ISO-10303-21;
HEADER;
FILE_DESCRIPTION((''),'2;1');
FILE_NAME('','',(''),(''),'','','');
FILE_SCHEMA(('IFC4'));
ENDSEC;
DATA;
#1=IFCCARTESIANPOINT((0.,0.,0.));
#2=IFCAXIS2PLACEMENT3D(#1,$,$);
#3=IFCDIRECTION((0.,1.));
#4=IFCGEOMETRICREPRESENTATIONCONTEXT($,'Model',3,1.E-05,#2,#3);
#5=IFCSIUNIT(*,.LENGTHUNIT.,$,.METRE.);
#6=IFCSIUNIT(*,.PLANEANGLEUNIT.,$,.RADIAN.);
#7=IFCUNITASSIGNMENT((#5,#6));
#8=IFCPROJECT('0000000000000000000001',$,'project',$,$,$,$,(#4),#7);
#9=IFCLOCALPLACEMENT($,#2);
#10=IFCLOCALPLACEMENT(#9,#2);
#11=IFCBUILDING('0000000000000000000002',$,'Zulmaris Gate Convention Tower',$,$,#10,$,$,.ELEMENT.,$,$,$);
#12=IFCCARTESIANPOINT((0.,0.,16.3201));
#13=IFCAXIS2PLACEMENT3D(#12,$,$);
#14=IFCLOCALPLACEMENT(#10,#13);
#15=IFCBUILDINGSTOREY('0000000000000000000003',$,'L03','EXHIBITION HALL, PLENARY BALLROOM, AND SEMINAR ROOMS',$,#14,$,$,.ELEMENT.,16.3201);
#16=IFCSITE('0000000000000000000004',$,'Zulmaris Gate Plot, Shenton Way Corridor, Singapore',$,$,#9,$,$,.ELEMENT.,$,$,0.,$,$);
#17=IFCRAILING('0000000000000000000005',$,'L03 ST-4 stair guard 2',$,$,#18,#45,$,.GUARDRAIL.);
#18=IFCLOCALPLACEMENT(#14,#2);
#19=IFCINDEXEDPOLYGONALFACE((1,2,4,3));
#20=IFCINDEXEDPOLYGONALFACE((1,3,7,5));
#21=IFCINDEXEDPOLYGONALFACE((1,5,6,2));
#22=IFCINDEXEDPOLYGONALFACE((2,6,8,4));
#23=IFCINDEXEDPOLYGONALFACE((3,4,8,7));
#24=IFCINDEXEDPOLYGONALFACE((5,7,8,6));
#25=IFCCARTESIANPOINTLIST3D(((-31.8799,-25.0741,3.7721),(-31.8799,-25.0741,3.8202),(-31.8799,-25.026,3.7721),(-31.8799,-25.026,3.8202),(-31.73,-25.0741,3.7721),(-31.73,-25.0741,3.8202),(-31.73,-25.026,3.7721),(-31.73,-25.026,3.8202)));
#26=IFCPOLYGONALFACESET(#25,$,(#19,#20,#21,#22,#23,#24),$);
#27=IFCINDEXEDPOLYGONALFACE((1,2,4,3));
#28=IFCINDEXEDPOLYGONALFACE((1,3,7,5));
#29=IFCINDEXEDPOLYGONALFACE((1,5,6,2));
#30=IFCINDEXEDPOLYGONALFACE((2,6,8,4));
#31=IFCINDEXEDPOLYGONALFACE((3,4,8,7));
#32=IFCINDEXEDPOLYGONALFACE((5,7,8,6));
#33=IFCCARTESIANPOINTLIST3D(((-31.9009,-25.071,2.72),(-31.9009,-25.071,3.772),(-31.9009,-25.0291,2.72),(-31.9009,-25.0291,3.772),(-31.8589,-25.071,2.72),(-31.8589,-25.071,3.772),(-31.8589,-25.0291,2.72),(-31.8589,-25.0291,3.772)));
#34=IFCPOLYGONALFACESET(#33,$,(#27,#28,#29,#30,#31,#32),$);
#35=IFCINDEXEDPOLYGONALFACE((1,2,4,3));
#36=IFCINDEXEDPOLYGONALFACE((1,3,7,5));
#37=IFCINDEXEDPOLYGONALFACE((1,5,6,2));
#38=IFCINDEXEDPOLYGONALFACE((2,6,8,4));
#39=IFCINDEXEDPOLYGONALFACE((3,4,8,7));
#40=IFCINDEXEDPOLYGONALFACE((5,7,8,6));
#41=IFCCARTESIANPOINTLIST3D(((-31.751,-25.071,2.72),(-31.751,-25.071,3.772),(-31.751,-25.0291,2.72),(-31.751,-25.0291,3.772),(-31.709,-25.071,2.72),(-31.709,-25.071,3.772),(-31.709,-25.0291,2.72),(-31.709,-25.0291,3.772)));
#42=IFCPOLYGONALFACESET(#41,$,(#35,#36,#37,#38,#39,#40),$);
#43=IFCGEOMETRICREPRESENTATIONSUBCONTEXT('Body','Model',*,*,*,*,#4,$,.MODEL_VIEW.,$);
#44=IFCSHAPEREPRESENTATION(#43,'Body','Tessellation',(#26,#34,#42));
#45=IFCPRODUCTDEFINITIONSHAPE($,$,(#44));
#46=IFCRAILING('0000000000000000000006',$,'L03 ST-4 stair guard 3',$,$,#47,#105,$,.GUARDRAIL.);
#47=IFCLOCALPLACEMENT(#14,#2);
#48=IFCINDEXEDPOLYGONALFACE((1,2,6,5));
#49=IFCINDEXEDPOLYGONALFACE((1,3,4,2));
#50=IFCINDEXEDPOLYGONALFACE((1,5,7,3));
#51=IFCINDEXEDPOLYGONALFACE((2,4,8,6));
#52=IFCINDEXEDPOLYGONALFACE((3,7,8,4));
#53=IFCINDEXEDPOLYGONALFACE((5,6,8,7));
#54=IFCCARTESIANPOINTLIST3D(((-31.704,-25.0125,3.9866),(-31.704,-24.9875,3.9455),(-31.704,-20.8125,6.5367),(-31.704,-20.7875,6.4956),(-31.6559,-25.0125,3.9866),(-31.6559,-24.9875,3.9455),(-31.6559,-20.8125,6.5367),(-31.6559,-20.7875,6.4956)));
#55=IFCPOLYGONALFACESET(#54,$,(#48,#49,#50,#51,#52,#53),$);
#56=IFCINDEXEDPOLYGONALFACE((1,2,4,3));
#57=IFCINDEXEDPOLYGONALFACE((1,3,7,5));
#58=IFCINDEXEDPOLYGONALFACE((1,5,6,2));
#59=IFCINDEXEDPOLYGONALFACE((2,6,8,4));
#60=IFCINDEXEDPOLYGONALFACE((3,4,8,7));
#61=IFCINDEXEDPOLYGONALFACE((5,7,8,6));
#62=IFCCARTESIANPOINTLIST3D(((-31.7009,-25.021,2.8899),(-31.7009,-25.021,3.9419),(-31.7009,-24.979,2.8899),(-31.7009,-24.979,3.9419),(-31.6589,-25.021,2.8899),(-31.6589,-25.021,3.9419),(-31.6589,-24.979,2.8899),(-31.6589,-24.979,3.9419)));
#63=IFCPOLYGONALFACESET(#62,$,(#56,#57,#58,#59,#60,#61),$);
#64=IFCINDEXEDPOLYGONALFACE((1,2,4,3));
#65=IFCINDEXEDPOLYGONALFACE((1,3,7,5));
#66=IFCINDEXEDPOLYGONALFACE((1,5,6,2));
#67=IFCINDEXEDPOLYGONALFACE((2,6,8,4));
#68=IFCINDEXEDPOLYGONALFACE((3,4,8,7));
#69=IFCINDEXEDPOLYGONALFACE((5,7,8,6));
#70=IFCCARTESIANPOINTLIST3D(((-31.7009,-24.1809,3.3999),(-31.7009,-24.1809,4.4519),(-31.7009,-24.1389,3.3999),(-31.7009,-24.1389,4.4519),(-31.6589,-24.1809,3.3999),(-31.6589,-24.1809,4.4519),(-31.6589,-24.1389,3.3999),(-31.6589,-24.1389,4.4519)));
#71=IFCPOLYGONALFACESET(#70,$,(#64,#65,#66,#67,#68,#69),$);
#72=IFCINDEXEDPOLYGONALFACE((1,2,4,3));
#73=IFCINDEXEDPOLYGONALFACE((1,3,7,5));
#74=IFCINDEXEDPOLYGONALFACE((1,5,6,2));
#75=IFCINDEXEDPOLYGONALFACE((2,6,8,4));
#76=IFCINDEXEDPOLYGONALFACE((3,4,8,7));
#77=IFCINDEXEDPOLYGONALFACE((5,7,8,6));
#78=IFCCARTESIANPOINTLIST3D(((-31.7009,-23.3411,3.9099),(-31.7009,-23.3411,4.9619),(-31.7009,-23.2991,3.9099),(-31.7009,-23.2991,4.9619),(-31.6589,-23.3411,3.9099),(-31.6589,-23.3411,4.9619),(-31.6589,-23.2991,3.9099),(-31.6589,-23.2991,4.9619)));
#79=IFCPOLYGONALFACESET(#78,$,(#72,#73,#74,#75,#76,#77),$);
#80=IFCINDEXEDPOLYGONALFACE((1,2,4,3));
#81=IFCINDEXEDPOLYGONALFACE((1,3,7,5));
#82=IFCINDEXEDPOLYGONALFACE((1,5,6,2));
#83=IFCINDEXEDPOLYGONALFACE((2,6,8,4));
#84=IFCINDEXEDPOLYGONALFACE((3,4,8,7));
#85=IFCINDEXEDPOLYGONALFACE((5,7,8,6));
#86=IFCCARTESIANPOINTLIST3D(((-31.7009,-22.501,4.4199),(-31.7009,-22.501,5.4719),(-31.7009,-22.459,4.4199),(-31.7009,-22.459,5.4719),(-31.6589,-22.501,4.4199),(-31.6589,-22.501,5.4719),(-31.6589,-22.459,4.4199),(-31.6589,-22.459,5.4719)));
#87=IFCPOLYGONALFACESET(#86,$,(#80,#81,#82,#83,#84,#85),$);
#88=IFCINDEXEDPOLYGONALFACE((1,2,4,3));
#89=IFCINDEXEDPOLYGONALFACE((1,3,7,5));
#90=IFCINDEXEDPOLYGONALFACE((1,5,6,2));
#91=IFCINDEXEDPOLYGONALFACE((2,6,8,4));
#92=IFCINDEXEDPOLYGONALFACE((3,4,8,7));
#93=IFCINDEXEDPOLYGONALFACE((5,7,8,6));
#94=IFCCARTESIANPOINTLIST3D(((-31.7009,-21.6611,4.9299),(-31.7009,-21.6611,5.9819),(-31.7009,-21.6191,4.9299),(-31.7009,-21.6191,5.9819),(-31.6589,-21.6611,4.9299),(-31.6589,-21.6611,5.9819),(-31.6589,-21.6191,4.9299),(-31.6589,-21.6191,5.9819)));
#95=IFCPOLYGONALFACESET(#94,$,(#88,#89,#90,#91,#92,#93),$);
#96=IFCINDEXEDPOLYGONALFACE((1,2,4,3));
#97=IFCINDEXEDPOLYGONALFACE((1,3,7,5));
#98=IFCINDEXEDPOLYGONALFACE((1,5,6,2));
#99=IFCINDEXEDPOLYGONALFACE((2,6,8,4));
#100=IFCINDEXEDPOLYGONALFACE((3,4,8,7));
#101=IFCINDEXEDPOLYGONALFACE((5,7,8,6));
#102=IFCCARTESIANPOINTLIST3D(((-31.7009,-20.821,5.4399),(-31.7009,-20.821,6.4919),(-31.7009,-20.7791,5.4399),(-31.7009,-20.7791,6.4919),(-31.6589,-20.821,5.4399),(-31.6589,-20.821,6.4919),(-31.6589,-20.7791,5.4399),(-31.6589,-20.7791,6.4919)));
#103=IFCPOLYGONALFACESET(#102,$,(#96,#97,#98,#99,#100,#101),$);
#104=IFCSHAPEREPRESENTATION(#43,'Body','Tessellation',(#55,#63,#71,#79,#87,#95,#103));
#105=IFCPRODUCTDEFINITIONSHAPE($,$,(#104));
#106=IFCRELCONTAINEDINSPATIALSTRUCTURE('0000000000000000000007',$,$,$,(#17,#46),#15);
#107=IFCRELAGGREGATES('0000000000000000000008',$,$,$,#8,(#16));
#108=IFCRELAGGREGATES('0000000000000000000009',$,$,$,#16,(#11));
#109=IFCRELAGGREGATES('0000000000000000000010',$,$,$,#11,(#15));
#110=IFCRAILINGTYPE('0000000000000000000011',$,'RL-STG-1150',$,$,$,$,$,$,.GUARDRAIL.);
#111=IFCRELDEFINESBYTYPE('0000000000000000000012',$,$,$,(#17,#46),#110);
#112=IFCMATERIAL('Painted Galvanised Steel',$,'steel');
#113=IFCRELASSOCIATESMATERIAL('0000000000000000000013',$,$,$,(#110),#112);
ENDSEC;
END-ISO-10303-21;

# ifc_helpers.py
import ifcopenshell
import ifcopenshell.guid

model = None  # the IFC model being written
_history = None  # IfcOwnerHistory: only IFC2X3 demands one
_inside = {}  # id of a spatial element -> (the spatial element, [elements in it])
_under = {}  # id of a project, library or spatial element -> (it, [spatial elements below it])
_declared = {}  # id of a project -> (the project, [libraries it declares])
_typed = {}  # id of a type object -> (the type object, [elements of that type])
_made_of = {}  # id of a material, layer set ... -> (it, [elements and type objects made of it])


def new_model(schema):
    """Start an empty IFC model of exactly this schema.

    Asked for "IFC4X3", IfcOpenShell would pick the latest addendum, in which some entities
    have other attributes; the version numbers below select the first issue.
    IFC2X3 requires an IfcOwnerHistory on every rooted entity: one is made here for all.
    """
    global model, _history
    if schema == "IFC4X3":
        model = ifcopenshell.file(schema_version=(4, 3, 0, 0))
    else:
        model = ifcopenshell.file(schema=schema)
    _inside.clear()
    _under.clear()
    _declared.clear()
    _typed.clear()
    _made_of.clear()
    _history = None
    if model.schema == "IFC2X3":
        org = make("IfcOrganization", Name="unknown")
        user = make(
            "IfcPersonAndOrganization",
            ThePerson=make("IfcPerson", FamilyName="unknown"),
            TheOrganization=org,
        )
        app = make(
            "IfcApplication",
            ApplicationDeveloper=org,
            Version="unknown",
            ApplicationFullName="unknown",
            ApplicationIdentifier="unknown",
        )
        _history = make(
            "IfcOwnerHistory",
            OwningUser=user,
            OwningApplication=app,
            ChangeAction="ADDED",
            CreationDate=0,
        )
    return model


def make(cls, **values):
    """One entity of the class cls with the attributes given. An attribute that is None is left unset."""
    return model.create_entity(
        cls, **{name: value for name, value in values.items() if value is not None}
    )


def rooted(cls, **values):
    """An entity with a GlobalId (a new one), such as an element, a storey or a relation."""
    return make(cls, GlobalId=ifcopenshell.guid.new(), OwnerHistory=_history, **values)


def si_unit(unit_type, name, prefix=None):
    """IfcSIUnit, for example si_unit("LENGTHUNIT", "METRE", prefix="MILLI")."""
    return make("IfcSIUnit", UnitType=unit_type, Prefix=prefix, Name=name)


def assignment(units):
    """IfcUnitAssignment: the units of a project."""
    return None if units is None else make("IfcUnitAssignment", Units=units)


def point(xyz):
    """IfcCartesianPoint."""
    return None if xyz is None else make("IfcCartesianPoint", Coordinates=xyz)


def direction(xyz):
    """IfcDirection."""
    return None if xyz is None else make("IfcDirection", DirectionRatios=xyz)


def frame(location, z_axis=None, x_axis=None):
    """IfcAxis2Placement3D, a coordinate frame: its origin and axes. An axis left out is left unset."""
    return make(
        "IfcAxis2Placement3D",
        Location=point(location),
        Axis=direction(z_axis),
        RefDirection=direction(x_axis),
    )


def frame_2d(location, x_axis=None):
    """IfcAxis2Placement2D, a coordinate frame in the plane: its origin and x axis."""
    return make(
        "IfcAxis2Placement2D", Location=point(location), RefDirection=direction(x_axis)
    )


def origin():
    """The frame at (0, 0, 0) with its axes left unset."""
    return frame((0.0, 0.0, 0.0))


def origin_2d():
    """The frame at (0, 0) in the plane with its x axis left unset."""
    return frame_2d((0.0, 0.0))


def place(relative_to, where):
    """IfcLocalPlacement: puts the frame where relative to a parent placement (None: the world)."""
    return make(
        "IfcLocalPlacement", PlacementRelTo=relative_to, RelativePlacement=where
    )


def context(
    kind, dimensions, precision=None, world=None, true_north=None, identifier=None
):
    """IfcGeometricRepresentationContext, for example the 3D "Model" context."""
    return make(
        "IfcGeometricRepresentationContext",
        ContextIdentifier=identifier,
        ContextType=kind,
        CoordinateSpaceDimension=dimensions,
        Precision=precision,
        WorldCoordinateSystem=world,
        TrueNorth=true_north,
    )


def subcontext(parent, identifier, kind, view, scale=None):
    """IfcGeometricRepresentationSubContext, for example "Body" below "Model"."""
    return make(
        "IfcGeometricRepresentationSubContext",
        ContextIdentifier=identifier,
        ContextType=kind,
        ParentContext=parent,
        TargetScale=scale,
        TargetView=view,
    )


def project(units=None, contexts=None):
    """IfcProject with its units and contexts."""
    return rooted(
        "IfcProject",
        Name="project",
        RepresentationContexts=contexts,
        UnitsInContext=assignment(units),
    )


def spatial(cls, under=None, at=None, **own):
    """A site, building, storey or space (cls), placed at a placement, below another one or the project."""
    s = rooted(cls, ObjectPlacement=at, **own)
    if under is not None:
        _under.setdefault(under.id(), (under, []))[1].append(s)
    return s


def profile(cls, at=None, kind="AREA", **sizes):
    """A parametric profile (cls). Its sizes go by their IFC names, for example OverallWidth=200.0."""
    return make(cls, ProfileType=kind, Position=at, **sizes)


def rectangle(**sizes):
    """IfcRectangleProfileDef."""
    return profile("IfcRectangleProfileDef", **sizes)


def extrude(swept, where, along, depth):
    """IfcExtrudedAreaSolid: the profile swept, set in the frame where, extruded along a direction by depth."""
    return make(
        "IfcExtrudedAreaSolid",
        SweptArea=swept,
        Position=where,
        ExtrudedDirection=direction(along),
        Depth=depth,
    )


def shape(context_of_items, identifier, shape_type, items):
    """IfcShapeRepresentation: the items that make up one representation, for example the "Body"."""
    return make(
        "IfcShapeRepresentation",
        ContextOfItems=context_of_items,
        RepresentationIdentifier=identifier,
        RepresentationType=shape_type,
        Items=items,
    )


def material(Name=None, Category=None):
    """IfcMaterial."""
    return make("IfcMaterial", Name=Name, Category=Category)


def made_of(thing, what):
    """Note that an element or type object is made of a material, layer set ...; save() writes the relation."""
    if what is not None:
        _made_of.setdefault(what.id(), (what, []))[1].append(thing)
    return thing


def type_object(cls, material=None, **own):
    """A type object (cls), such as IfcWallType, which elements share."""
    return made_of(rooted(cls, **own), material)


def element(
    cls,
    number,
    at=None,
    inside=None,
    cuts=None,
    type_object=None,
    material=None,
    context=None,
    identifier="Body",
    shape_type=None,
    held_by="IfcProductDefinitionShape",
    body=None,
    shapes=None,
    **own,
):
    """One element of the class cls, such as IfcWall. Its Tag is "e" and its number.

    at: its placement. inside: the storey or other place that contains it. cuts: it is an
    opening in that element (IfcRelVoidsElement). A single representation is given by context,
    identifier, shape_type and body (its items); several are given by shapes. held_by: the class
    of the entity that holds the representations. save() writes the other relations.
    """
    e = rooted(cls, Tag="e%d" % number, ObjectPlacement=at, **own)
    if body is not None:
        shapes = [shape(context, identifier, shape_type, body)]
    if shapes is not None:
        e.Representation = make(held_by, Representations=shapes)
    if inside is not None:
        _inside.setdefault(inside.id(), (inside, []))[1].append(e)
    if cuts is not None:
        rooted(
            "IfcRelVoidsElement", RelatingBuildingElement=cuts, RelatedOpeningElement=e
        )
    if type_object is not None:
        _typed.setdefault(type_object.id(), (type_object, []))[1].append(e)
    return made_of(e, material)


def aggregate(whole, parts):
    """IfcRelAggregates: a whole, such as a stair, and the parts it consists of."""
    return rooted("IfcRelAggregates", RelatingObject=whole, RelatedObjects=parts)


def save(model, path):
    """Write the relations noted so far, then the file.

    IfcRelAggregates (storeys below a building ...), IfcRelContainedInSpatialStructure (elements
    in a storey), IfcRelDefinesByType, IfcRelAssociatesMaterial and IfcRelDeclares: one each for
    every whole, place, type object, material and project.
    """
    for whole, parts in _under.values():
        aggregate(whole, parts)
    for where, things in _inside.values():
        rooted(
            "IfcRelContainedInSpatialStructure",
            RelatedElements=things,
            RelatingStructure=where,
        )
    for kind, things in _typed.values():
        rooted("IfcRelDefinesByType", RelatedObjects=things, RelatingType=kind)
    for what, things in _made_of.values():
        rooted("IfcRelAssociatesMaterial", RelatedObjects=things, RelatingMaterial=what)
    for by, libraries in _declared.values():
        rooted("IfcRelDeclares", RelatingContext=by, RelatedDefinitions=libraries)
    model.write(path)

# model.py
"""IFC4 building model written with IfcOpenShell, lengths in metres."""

from ifc_helpers import new_model, si_unit, direction, frame, origin, origin_2d, place, context, subcontext, project, spatial, rectangle, extrude, material, type_object, element, save


model = new_model("IFC4")

# Units and contexts
model_context = context("Model", 3, precision=1e-05, world=origin(), true_north=direction((0.0, 1.0)))
body_context = subcontext(model_context, "Body", "Model", "MODEL_VIEW")
ifc_project = project(units=[si_unit("LENGTHUNIT", "METRE"), si_unit("PLANEANGLEUNIT", "RADIAN")], contexts=[model_context])

# Site, building, storey
site_placement = place(None, origin())
site = spatial("IfcSite", under=ifc_project, at=site_placement, Name="Zulmaris Gate Plot, Shenton Way Corridor, Singapore", CompositionType="ELEMENT", RefElevation=0.0)
building_placement = place(site_placement, origin())
building = spatial("IfcBuilding", under=site, at=building_placement, Name="Zulmaris Gate Convention Tower", CompositionType="ELEMENT")
storey_placement = place(building_placement, frame((0.0, 0.0, 16.3201)))
storey = spatial("IfcBuildingStorey", under=building, at=storey_placement, Name="L03", Description="EXHIBITION HALL, PLENARY BALLROOM, AND SEMINAR ROOMS", CompositionType="ELEMENT", Elevation=16.3201)

# Railings
ifc_material_1 = material(Name="Painted Galvanised Steel", Category="steel")
railing_type = type_object("IfcRailingType", Name="RL-STG-1150", PredefinedType="GUARDRAIL", material=ifc_material_1)
railing_1_placement = place(storey_placement, frame((-31.8799, -25.05, 2.72)))
element("IfcRailing", 1, at=railing_1_placement, inside=storey, type_object=railing_type, Name="L03 ST-4 stair guard 2", PredefinedType="GUARDRAIL", context=body_context, shape_type="SweptSolid", body=[
    extrude(rectangle(XDim=0.0481, YDim=0.0481, at=origin_2d()), frame((0.0, 0.0, 1.0762), z_axis=(1.0, 0.0, 0.0), x_axis=(0.0, 1.0, 0.0)), (0.0, 0.0, 1.0), 0.1499),
    extrude(rectangle(XDim=0.042, YDim=0.042, at=origin_2d()), origin(), (0.0, 0.0, 1.0), 1.052),
    extrude(rectangle(XDim=0.042, YDim=0.042, at=origin_2d()), frame((0.1499, 0.0, 0.0)), (0.0, 0.0, 1.0), 1.052),
])
railing_2_placement = place(storey_placement, frame((-31.6799, -25.0, 2.8899)))
element("IfcRailing", 2, at=railing_2_placement, inside=storey, type_object=railing_type, Name="L03 ST-4 stair guard 3", PredefinedType="GUARDRAIL", context=body_context, shape_type="SweptSolid", body=[
    extrude(rectangle(XDim=0.0481, YDim=0.0481, at=origin_2d()), frame((0.0, 0.0, 1.0762), z_axis=(0.0, 0.85478, 0.51899), x_axis=(-1.0, 0.0, 0.0)), (0.0, 0.0, 1.0), 4.9136),
    extrude(rectangle(XDim=0.042, YDim=0.042, at=origin_2d()), origin(), (0.0, 0.0, 1.0), 1.052),
    extrude(rectangle(XDim=0.042, YDim=0.042, at=origin_2d()), frame((0.0, 0.8401, 0.51)), (0.0, 0.0, 1.0), 1.052),
    extrude(rectangle(XDim=0.042, YDim=0.042, at=origin_2d()), frame((0.0, 1.6799, 1.02)), (0.0, 0.0, 1.0), 1.052),
    extrude(rectangle(XDim=0.042, YDim=0.042, at=origin_2d()), frame((0.0, 2.52, 1.53)), (0.0, 0.0, 1.0), 1.052),
    extrude(rectangle(XDim=0.042, YDim=0.042, at=origin_2d()), frame((0.0, 3.3599, 2.04)), (0.0, 0.0, 1.0), 1.052),
    extrude(rectangle(XDim=0.042, YDim=0.042, at=origin_2d()), frame((0.0, 4.2, 2.55)), (0.0, 0.0, 1.0), 1.052),
])

save(model, "model.ifc")
